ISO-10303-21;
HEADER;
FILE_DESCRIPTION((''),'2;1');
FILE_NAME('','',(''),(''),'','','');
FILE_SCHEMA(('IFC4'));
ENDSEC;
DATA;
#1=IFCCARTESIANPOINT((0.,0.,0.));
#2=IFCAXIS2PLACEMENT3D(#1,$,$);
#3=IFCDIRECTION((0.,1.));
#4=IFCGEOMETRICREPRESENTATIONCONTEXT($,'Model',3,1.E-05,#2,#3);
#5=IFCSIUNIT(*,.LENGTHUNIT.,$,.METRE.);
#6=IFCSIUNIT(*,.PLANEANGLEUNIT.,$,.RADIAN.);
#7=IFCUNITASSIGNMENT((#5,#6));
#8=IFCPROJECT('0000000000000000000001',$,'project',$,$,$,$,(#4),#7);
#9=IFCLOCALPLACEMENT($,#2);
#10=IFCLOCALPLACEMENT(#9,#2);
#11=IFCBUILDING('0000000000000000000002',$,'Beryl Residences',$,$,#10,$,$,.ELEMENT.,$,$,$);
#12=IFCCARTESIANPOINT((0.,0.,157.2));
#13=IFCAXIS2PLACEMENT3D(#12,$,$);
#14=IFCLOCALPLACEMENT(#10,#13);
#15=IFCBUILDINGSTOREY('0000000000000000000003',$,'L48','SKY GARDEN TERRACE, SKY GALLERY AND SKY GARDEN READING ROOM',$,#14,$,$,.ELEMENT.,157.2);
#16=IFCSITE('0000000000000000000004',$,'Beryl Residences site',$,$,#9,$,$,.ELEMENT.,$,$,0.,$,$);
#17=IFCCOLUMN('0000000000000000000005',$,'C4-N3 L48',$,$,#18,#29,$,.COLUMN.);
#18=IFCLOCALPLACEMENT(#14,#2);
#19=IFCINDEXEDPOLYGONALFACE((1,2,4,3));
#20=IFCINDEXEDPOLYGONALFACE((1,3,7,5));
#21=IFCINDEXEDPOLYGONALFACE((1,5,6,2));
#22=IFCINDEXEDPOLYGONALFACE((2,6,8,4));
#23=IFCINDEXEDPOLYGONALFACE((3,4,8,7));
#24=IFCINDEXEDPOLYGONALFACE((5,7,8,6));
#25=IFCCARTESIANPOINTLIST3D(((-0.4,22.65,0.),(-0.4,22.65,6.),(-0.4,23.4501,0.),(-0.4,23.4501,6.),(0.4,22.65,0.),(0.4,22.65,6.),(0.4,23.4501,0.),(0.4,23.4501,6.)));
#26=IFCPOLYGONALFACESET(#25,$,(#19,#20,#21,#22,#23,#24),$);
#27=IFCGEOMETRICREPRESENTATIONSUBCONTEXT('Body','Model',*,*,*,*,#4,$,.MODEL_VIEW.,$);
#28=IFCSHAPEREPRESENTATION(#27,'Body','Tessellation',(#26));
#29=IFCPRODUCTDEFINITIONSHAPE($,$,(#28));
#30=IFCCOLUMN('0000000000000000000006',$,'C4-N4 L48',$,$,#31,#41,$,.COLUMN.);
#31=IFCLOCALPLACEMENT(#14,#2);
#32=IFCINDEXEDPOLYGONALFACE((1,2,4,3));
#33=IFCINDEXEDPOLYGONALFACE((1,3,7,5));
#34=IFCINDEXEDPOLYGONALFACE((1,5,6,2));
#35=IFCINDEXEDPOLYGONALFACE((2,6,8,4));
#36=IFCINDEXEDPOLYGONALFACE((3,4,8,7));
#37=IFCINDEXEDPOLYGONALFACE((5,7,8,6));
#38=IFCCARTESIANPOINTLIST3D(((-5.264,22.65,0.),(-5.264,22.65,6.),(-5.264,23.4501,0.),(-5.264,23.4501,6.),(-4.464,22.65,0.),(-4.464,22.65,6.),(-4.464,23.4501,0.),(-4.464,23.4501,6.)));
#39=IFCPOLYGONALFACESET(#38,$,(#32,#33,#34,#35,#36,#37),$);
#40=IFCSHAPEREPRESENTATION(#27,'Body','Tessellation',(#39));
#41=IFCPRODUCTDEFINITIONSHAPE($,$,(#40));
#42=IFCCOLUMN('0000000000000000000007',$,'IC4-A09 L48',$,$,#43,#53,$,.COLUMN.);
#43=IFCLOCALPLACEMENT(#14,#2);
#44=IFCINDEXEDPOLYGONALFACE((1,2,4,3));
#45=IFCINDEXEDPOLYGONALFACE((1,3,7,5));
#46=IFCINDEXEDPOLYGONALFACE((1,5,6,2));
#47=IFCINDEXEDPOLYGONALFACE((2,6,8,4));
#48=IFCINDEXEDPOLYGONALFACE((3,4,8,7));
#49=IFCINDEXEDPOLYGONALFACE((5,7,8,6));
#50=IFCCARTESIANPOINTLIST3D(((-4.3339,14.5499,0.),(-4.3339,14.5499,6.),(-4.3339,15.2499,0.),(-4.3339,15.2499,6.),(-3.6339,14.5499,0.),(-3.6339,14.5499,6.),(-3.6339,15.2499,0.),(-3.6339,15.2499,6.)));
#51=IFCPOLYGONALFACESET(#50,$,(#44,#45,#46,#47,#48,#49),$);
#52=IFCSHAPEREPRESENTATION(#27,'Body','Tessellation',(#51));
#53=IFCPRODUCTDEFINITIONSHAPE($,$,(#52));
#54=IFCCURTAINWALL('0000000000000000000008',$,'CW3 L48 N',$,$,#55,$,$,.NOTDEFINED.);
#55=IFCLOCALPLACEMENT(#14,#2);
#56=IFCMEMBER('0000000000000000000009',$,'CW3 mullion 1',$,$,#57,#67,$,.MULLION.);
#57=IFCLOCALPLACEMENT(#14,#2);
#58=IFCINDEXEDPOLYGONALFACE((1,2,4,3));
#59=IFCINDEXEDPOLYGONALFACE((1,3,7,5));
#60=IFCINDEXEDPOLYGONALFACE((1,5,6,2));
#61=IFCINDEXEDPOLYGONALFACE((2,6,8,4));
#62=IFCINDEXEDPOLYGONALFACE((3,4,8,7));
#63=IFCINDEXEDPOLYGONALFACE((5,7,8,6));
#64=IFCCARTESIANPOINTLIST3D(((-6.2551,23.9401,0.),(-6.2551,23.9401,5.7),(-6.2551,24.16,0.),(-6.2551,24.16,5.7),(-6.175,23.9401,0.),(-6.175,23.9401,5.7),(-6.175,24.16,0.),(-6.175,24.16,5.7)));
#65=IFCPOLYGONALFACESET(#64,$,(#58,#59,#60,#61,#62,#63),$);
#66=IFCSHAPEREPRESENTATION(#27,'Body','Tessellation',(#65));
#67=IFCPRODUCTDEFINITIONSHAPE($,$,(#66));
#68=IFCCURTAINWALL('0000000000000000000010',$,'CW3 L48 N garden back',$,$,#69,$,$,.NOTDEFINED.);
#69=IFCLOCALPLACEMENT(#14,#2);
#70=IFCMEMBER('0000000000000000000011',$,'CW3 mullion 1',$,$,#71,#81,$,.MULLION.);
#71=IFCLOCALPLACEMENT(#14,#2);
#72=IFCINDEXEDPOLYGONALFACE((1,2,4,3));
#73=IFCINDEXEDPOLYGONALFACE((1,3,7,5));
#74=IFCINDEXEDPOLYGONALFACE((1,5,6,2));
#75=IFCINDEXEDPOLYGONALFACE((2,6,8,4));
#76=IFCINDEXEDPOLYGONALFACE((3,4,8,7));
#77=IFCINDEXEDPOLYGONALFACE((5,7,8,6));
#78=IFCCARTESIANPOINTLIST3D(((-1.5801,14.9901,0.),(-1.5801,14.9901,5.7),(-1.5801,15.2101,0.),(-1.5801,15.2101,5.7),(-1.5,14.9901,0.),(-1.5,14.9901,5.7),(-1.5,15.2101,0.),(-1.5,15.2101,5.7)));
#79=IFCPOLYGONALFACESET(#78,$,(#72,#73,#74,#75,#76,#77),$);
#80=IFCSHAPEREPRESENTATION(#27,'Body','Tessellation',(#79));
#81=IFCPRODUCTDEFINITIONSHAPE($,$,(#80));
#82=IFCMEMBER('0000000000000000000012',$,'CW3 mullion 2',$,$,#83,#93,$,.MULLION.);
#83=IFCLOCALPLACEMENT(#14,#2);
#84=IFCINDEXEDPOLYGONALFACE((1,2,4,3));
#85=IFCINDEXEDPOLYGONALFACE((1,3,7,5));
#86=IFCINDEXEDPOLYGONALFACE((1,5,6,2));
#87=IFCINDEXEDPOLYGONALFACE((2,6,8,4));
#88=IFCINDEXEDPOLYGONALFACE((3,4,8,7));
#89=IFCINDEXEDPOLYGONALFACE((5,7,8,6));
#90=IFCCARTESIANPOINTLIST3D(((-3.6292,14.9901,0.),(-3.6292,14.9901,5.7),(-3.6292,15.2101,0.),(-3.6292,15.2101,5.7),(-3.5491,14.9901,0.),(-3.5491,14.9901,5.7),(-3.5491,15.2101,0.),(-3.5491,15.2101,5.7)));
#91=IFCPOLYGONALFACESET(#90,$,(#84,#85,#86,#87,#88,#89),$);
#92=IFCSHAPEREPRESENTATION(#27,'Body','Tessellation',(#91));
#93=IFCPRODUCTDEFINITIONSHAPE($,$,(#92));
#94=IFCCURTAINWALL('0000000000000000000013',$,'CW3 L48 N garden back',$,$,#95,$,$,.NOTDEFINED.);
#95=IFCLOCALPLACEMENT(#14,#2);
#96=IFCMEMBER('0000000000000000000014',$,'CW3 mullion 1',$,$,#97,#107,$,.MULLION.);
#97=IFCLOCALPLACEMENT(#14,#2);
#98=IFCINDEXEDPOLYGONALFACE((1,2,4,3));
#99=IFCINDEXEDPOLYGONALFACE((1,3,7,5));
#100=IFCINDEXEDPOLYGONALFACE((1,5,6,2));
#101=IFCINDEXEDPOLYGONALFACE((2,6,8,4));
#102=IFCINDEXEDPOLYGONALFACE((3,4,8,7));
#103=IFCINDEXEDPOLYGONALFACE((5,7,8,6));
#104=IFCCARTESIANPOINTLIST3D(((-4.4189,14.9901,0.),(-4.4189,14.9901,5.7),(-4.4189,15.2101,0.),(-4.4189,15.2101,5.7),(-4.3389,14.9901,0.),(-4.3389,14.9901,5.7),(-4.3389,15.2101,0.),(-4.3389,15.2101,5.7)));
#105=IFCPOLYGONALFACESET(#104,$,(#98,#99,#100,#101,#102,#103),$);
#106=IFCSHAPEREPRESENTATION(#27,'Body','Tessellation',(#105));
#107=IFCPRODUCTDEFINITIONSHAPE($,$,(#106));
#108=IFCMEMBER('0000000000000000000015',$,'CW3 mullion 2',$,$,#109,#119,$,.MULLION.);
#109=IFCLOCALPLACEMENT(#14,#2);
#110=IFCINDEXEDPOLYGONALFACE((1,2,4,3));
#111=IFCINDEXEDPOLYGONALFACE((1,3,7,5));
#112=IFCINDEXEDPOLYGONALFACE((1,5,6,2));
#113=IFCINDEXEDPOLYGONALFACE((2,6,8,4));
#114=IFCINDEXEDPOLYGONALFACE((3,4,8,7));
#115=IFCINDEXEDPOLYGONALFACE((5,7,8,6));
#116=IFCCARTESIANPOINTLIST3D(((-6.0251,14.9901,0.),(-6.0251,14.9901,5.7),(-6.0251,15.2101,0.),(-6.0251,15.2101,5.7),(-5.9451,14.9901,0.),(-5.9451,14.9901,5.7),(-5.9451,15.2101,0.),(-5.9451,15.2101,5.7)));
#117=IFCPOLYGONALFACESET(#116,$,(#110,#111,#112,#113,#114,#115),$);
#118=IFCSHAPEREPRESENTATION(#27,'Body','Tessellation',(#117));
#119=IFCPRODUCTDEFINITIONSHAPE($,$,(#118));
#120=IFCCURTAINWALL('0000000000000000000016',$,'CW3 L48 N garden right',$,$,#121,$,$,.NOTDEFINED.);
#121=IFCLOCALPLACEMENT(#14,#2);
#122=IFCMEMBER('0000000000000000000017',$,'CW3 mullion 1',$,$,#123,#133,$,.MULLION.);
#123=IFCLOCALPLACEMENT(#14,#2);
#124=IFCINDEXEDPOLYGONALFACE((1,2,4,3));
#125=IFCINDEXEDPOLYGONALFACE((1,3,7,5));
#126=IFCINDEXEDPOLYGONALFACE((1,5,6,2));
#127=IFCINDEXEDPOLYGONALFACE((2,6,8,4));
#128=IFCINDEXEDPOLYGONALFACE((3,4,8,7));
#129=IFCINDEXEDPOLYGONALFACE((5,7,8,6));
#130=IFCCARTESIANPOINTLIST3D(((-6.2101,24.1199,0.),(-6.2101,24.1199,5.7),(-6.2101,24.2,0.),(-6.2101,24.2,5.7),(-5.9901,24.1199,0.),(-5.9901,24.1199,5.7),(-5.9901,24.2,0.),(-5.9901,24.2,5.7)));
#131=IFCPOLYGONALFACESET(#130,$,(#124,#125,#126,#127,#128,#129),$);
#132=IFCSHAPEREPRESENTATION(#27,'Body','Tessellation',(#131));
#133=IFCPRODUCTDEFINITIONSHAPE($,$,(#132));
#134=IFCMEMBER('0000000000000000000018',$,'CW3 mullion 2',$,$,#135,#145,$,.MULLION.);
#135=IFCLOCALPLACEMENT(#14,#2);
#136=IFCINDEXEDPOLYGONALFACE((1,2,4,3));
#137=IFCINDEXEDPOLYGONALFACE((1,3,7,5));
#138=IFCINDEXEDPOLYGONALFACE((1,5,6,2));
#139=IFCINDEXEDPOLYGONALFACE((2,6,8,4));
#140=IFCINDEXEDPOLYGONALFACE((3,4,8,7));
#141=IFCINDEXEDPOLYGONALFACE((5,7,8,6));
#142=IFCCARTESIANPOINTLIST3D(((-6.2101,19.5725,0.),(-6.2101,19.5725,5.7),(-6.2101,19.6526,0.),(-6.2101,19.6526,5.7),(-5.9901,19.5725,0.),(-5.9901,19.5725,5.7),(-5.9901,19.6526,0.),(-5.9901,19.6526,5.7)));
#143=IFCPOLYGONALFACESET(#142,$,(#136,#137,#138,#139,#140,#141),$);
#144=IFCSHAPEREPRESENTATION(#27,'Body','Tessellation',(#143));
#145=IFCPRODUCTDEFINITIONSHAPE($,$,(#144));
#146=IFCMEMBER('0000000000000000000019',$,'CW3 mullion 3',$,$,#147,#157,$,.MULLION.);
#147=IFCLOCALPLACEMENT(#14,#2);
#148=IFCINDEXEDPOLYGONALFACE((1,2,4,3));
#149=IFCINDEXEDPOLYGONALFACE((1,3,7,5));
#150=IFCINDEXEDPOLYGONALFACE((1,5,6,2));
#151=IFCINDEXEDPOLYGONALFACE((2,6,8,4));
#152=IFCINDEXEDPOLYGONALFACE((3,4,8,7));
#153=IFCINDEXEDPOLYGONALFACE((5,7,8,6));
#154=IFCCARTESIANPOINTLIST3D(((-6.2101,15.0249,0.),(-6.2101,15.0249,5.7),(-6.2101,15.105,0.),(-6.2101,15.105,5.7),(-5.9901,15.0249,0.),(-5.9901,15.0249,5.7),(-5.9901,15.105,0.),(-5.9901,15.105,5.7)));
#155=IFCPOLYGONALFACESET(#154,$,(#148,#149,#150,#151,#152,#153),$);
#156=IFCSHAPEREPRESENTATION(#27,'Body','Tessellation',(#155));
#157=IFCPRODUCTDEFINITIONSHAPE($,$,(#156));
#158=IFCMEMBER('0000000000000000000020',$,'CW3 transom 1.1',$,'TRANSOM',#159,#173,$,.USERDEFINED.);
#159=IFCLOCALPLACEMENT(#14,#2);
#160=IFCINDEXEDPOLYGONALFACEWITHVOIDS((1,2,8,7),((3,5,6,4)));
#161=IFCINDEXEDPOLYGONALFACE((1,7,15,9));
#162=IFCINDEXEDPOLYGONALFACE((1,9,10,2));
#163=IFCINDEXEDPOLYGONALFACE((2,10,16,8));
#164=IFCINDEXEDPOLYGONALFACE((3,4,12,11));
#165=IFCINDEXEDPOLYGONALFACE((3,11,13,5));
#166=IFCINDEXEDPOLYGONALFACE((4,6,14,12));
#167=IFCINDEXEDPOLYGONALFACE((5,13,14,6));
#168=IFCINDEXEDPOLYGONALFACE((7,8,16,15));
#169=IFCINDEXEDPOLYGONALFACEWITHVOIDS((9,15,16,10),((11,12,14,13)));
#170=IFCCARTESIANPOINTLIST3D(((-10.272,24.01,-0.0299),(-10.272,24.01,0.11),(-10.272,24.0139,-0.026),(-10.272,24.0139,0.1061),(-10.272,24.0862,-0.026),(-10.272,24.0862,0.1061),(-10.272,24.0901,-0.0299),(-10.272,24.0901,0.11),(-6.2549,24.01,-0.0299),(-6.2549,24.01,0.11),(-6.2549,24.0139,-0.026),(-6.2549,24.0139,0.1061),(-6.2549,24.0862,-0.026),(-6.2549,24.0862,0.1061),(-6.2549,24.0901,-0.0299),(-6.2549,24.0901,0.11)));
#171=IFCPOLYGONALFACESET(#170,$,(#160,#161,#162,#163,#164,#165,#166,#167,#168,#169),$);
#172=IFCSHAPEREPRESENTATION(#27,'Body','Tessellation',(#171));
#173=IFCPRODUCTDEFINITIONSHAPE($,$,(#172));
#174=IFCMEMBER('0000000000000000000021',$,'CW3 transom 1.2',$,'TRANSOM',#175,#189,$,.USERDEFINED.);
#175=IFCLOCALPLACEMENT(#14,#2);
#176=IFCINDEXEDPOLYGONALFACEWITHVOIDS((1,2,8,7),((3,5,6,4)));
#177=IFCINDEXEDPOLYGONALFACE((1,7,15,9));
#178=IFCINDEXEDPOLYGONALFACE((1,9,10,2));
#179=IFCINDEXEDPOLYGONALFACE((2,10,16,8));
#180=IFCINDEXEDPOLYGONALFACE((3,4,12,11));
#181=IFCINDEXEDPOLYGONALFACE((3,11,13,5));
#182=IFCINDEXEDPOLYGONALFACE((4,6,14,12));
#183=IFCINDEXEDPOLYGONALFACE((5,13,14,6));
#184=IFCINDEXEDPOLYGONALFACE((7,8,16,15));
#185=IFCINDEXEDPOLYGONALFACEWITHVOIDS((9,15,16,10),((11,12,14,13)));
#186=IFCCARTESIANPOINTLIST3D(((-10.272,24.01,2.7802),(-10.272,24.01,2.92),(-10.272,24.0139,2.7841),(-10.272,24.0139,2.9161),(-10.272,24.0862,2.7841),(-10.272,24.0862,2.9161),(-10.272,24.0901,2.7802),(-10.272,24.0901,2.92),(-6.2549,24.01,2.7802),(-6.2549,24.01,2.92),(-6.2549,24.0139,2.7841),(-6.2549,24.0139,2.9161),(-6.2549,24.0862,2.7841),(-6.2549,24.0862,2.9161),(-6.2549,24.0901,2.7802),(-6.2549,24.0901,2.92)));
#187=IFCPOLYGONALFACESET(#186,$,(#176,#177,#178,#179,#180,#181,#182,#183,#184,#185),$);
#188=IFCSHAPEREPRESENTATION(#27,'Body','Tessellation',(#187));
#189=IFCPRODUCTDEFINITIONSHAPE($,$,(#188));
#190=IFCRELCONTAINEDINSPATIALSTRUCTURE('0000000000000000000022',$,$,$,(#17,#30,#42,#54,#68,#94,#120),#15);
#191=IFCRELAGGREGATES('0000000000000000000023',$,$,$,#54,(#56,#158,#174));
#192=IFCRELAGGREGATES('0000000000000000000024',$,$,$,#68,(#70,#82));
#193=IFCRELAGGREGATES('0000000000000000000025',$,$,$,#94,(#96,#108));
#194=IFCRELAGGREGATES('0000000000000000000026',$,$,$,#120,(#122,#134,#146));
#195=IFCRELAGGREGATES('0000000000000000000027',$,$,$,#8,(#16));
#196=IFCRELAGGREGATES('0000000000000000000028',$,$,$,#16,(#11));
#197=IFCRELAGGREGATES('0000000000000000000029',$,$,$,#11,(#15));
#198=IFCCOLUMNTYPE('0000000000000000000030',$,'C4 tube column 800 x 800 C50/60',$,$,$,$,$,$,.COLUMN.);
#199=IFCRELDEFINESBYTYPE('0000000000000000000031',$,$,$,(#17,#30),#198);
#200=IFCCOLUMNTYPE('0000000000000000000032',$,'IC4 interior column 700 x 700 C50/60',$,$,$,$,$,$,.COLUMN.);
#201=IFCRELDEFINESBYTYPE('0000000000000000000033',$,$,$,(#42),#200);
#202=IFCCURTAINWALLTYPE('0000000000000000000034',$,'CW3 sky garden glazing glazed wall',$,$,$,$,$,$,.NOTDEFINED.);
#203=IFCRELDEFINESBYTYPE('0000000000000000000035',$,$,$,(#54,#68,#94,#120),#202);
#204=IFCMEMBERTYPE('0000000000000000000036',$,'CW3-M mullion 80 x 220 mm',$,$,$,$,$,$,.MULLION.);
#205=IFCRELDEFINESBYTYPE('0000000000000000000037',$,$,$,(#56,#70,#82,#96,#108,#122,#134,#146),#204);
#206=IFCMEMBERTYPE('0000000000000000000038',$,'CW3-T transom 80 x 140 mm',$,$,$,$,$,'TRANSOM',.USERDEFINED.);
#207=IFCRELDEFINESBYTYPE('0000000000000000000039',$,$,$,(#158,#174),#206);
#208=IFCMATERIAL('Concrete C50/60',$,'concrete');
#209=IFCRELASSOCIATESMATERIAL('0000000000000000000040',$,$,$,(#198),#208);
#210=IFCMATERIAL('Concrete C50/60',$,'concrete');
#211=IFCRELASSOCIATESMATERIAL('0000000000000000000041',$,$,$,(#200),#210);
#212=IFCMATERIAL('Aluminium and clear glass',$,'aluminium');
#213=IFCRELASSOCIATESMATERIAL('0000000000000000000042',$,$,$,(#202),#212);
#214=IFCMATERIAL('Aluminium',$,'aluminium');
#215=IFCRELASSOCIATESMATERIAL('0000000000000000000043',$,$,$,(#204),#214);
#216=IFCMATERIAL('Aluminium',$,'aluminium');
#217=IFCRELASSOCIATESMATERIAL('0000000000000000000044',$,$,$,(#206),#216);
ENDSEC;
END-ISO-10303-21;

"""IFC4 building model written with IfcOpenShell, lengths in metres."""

from ifc_helpers import new_model, si_unit, direction, frame, origin, origin_2d, place, context, subcontext, project, spatial, rectangle, hollow_rectangle, extrude, material, material_profile, profile_set, type_object, element, aggregate, save


model = new_model("IFC4")

# Units and contexts
model_context = context("Model", 3, precision=1e-05, world=origin(), true_north=direction((0.0, 1.0)))
body_context = subcontext(model_context, "Body", "Model", "MODEL_VIEW")
ifc_project = project(units=[si_unit("LENGTHUNIT", "METRE"), si_unit("PLANEANGLEUNIT", "RADIAN")], contexts=[model_context])

# Site, building, storey
site_placement = place(None, origin())
site = spatial("IfcSite", under=ifc_project, at=site_placement, Name="Beryl Residences site", CompositionType="ELEMENT", RefElevation=0.0)
building_placement = place(site_placement, origin())
building = spatial("IfcBuilding", under=site, at=building_placement, Name="Beryl Residences", CompositionType="ELEMENT")
storey_placement = place(building_placement, frame((0.0, 0.0, 157.2)))
storey = spatial("IfcBuildingStorey", under=building, at=storey_placement, Name="L48", Description="SKY GARDEN TERRACE, SKY GALLERY AND SKY GARDEN READING ROOM", CompositionType="ELEMENT", Elevation=157.2)

# Columns
ifc_material_1 = material(Name="Concrete C50/60", Category="concrete")
ifc_material_profile_1 = material_profile(ifc_material_1, rectangle(XDim=0.8, YDim=0.8, at=origin_2d()))
ifc_profile_set_1 = profile_set([ifc_material_profile_1], Name="Concrete C50/60")
column_type_1 = type_object("IfcColumnType", Name="C4 tube column 800 x 800 C50/60", PredefinedType="COLUMN", material=ifc_profile_set_1)
for number, where, z_axis, x_axis, name in (
    (1, (0.0, 23.05, 0.0), (0.0, 0.0, 1.0), (-1.0, 0.0, 0.0), "C4-N3 L48"),
    (2, (-4.864, 23.05, 0.0), (0.0, 0.0, 1.0), (-1.0, 0.0, 0.0), "C4-N4 L48"),
):
    element("IfcColumn", number, at=place(storey_placement, frame(where, z_axis=z_axis, x_axis=x_axis)), inside=storey, type_object=column_type_1, Name=name, PredefinedType="COLUMN", context=body_context, shape_type="SweptSolid", body=[
        extrude(rectangle(XDim=0.8, YDim=0.8, at=origin_2d()), origin(), (0.0, 0.0, 1.0), 6.0),
    ])
ifc_material_2 = material(Name="Concrete C50/60", Category="concrete")
ifc_material_profile_2 = material_profile(ifc_material_2, rectangle(XDim=0.7, YDim=0.7, at=origin_2d()))
ifc_profile_set_2 = profile_set([ifc_material_profile_2], Name="Concrete C50/60")
column_type_2 = type_object("IfcColumnType", Name="IC4 interior column 700 x 700 C50/60", PredefinedType="COLUMN", material=ifc_profile_set_2)
column_placement = place(storey_placement, frame((-3.9839, 14.8999, 0.0), z_axis=(0.0, 0.0, 1.0), x_axis=(1.0, 0.0, 0.0)))
element("IfcColumn", 3, at=column_placement, inside=storey, type_object=column_type_2, Name="IC4-A09 L48", PredefinedType="COLUMN", context=body_context, shape_type="SweptSolid", body=[
    extrude(rectangle(XDim=0.7, YDim=0.7, at=origin_2d()), origin(), (0.0, 0.0, 1.0), 6.0),
])

# Curtain wall, member
ifc_material_3 = material(Name="Aluminium and clear glass", Category="aluminium")
curtain_wall_type = type_object("IfcCurtainWallType", Name="CW3 sky garden glazing glazed wall", PredefinedType="NOTDEFINED", material=ifc_material_3)
curtain_wall_1_placement = place(storey_placement, origin())
curtain_wall_1 = element("IfcCurtainWall", 4, at=curtain_wall_1_placement, inside=storey, type_object=curtain_wall_type, Name="CW3 L48 N", PredefinedType="NOTDEFINED")
ifc_material_4 = material(Name="Aluminium", Category="aluminium")
ifc_material_profile_3 = material_profile(ifc_material_4, rectangle(XDim=0.0801, YDim=0.22, at=origin_2d()))
ifc_profile_set_3 = profile_set([ifc_material_profile_3], Name="Aluminium")
member_type_1 = type_object("IfcMemberType", Name="CW3-M mullion 80 x 220 mm", PredefinedType="MULLION", material=ifc_profile_set_3)
member_1_placement = place(storey_placement, frame((-6.2151, 24.05, 0.0), z_axis=(0.0, 0.0, 1.0), x_axis=(-1.0, 0.0, 0.0)))
member_1 = element("IfcMember", 5, at=member_1_placement, type_object=member_type_1, Name="CW3 mullion 1", PredefinedType="MULLION", context=body_context, shape_type="SweptSolid", body=[
    extrude(rectangle(XDim=0.0801, YDim=0.22, at=origin_2d()), origin(), (0.0, 0.0, 1.0), 5.7),
])

# Curtain walls, members
curtain_wall_2_placement = place(storey_placement, origin())
curtain_wall_2 = element("IfcCurtainWall", 6, at=curtain_wall_2_placement, inside=storey, type_object=curtain_wall_type, Name="CW3 L48 N garden back", PredefinedType="NOTDEFINED")
member_2_placement = place(storey_placement, frame((-1.54, 15.1001, 0.0), z_axis=(0.0, 0.0, 1.0), x_axis=(-1.0, 0.0, 0.0)))
member_2 = element("IfcMember", 7, at=member_2_placement, type_object=member_type_1, Name="CW3 mullion 1", PredefinedType="MULLION", context=body_context, shape_type="SweptSolid", body=[
    extrude(rectangle(XDim=0.0801, YDim=0.22, at=origin_2d()), origin(), (0.0, 0.0, 1.0), 5.7),
])
member_3_placement = place(storey_placement, frame((-3.5891, 15.1001, 0.0), z_axis=(0.0, 0.0, 1.0), x_axis=(-1.0, 0.0, 0.0)))
member_3 = element("IfcMember", 8, at=member_3_placement, type_object=member_type_1, Name="CW3 mullion 2", PredefinedType="MULLION", context=body_context, shape_type="SweptSolid", body=[
    extrude(rectangle(XDim=0.0801, YDim=0.22, at=origin_2d()), origin(), (0.0, 0.0, 1.0), 5.7),
])
curtain_wall_3_placement = place(storey_placement, origin())
curtain_wall_3 = element("IfcCurtainWall", 9, at=curtain_wall_3_placement, inside=storey, type_object=curtain_wall_type, Name="CW3 L48 N garden back", PredefinedType="NOTDEFINED")
member_4_placement = place(storey_placement, frame((-4.3789, 15.1001, 0.0), z_axis=(0.0, 0.0, 1.0), x_axis=(-1.0, 0.0, 0.0)))
member_4 = element("IfcMember", 10, at=member_4_placement, type_object=member_type_1, Name="CW3 mullion 1", PredefinedType="MULLION", context=body_context, shape_type="SweptSolid", body=[
    extrude(rectangle(XDim=0.0801, YDim=0.22, at=origin_2d()), origin(), (0.0, 0.0, 1.0), 5.7),
])
member_5_placement = place(storey_placement, frame((-5.9851, 15.1001, 0.0), z_axis=(0.0, 0.0, 1.0), x_axis=(-1.0, 0.0, 0.0)))
member_5 = element("IfcMember", 11, at=member_5_placement, type_object=member_type_1, Name="CW3 mullion 2", PredefinedType="MULLION", context=body_context, shape_type="SweptSolid", body=[
    extrude(rectangle(XDim=0.0801, YDim=0.22, at=origin_2d()), origin(), (0.0, 0.0, 1.0), 5.7),
])
curtain_wall_4_placement = place(storey_placement, origin())
curtain_wall_4 = element("IfcCurtainWall", 12, at=curtain_wall_4_placement, inside=storey, type_object=curtain_wall_type, Name="CW3 L48 N garden right", PredefinedType="NOTDEFINED")
member_6_placement = place(storey_placement, frame((-6.1001, 24.1599, 0.0), z_axis=(0.0, 0.0, 1.0), x_axis=(0.0, -1.0, 0.0)))
member_6 = element("IfcMember", 13, at=member_6_placement, type_object=member_type_1, Name="CW3 mullion 1", PredefinedType="MULLION", context=body_context, shape_type="SweptSolid", body=[
    extrude(rectangle(XDim=0.0801, YDim=0.22, at=origin_2d()), origin(), (0.0, 0.0, 1.0), 5.7),
])
member_7_placement = place(storey_placement, frame((-6.1001, 19.6125, 0.0), z_axis=(0.0, 0.0, 1.0), x_axis=(0.0, -1.0, 0.0)))
member_7 = element("IfcMember", 14, at=member_7_placement, type_object=member_type_1, Name="CW3 mullion 2", PredefinedType="MULLION", context=body_context, shape_type="SweptSolid", body=[
    extrude(rectangle(XDim=0.0801, YDim=0.22, at=origin_2d()), origin(), (0.0, 0.0, 1.0), 5.7),
])
member_8_placement = place(storey_placement, frame((-6.1001, 15.0649, 0.0), z_axis=(0.0, 0.0, 1.0), x_axis=(0.0, -1.0, 0.0)))
member_8 = element("IfcMember", 15, at=member_8_placement, type_object=member_type_1, Name="CW3 mullion 3", PredefinedType="MULLION", context=body_context, shape_type="SweptSolid", body=[
    extrude(rectangle(XDim=0.0801, YDim=0.22, at=origin_2d()), origin(), (0.0, 0.0, 1.0), 5.7),
])

# Members
ifc_material_5 = material(Name="Aluminium", Category="aluminium")
ifc_material_profile_4 = material_profile(ifc_material_5, hollow_rectangle(XDim=0.0801, YDim=0.1399, WallThickness=0.0039, at=origin_2d()))
ifc_profile_set_4 = profile_set([ifc_material_profile_4], Name="Aluminium")
member_type_2 = type_object("IfcMemberType", Name="CW3-T transom 80 x 140 mm", ElementType="TRANSOM", PredefinedType="USERDEFINED", material=ifc_profile_set_4)
member_9_placement = place(storey_placement, frame((-6.2549, 24.05, 0.04), z_axis=(-1.0, 0.0, 0.0), x_axis=(0.0, -1.0, 0.0)))
member_9 = element("IfcMember", 16, at=member_9_placement, type_object=member_type_2, Name="CW3 transom 1.1", ObjectType="TRANSOM", PredefinedType="USERDEFINED", context=body_context, shape_type="SweptSolid", body=[
    extrude(hollow_rectangle(XDim=0.0801, YDim=0.1399, WallThickness=0.0039, at=origin_2d()), origin(), (0.0, 0.0, 1.0), 4.0171),
])
member_10_placement = place(storey_placement, frame((-6.2549, 24.05, 2.8501), z_axis=(-1.0, 0.0, 0.0), x_axis=(0.0, -1.0, 0.0)))
member_10 = element("IfcMember", 17, at=member_10_placement, type_object=member_type_2, Name="CW3 transom 1.2", ObjectType="TRANSOM", PredefinedType="USERDEFINED", context=body_context, shape_type="SweptSolid", body=[
    extrude(hollow_rectangle(XDim=0.0801, YDim=0.1399, WallThickness=0.0039, at=origin_2d()), origin(), (0.0, 0.0, 1.0), 4.0171),
])

aggregate(curtain_wall_1, [member_1, member_9, member_10])
aggregate(curtain_wall_2, [member_2, member_3])
aggregate(curtain_wall_3, [member_4, member_5])
aggregate(curtain_wall_4, [member_6, member_7, member_8])

save(model, "model.ifc")
